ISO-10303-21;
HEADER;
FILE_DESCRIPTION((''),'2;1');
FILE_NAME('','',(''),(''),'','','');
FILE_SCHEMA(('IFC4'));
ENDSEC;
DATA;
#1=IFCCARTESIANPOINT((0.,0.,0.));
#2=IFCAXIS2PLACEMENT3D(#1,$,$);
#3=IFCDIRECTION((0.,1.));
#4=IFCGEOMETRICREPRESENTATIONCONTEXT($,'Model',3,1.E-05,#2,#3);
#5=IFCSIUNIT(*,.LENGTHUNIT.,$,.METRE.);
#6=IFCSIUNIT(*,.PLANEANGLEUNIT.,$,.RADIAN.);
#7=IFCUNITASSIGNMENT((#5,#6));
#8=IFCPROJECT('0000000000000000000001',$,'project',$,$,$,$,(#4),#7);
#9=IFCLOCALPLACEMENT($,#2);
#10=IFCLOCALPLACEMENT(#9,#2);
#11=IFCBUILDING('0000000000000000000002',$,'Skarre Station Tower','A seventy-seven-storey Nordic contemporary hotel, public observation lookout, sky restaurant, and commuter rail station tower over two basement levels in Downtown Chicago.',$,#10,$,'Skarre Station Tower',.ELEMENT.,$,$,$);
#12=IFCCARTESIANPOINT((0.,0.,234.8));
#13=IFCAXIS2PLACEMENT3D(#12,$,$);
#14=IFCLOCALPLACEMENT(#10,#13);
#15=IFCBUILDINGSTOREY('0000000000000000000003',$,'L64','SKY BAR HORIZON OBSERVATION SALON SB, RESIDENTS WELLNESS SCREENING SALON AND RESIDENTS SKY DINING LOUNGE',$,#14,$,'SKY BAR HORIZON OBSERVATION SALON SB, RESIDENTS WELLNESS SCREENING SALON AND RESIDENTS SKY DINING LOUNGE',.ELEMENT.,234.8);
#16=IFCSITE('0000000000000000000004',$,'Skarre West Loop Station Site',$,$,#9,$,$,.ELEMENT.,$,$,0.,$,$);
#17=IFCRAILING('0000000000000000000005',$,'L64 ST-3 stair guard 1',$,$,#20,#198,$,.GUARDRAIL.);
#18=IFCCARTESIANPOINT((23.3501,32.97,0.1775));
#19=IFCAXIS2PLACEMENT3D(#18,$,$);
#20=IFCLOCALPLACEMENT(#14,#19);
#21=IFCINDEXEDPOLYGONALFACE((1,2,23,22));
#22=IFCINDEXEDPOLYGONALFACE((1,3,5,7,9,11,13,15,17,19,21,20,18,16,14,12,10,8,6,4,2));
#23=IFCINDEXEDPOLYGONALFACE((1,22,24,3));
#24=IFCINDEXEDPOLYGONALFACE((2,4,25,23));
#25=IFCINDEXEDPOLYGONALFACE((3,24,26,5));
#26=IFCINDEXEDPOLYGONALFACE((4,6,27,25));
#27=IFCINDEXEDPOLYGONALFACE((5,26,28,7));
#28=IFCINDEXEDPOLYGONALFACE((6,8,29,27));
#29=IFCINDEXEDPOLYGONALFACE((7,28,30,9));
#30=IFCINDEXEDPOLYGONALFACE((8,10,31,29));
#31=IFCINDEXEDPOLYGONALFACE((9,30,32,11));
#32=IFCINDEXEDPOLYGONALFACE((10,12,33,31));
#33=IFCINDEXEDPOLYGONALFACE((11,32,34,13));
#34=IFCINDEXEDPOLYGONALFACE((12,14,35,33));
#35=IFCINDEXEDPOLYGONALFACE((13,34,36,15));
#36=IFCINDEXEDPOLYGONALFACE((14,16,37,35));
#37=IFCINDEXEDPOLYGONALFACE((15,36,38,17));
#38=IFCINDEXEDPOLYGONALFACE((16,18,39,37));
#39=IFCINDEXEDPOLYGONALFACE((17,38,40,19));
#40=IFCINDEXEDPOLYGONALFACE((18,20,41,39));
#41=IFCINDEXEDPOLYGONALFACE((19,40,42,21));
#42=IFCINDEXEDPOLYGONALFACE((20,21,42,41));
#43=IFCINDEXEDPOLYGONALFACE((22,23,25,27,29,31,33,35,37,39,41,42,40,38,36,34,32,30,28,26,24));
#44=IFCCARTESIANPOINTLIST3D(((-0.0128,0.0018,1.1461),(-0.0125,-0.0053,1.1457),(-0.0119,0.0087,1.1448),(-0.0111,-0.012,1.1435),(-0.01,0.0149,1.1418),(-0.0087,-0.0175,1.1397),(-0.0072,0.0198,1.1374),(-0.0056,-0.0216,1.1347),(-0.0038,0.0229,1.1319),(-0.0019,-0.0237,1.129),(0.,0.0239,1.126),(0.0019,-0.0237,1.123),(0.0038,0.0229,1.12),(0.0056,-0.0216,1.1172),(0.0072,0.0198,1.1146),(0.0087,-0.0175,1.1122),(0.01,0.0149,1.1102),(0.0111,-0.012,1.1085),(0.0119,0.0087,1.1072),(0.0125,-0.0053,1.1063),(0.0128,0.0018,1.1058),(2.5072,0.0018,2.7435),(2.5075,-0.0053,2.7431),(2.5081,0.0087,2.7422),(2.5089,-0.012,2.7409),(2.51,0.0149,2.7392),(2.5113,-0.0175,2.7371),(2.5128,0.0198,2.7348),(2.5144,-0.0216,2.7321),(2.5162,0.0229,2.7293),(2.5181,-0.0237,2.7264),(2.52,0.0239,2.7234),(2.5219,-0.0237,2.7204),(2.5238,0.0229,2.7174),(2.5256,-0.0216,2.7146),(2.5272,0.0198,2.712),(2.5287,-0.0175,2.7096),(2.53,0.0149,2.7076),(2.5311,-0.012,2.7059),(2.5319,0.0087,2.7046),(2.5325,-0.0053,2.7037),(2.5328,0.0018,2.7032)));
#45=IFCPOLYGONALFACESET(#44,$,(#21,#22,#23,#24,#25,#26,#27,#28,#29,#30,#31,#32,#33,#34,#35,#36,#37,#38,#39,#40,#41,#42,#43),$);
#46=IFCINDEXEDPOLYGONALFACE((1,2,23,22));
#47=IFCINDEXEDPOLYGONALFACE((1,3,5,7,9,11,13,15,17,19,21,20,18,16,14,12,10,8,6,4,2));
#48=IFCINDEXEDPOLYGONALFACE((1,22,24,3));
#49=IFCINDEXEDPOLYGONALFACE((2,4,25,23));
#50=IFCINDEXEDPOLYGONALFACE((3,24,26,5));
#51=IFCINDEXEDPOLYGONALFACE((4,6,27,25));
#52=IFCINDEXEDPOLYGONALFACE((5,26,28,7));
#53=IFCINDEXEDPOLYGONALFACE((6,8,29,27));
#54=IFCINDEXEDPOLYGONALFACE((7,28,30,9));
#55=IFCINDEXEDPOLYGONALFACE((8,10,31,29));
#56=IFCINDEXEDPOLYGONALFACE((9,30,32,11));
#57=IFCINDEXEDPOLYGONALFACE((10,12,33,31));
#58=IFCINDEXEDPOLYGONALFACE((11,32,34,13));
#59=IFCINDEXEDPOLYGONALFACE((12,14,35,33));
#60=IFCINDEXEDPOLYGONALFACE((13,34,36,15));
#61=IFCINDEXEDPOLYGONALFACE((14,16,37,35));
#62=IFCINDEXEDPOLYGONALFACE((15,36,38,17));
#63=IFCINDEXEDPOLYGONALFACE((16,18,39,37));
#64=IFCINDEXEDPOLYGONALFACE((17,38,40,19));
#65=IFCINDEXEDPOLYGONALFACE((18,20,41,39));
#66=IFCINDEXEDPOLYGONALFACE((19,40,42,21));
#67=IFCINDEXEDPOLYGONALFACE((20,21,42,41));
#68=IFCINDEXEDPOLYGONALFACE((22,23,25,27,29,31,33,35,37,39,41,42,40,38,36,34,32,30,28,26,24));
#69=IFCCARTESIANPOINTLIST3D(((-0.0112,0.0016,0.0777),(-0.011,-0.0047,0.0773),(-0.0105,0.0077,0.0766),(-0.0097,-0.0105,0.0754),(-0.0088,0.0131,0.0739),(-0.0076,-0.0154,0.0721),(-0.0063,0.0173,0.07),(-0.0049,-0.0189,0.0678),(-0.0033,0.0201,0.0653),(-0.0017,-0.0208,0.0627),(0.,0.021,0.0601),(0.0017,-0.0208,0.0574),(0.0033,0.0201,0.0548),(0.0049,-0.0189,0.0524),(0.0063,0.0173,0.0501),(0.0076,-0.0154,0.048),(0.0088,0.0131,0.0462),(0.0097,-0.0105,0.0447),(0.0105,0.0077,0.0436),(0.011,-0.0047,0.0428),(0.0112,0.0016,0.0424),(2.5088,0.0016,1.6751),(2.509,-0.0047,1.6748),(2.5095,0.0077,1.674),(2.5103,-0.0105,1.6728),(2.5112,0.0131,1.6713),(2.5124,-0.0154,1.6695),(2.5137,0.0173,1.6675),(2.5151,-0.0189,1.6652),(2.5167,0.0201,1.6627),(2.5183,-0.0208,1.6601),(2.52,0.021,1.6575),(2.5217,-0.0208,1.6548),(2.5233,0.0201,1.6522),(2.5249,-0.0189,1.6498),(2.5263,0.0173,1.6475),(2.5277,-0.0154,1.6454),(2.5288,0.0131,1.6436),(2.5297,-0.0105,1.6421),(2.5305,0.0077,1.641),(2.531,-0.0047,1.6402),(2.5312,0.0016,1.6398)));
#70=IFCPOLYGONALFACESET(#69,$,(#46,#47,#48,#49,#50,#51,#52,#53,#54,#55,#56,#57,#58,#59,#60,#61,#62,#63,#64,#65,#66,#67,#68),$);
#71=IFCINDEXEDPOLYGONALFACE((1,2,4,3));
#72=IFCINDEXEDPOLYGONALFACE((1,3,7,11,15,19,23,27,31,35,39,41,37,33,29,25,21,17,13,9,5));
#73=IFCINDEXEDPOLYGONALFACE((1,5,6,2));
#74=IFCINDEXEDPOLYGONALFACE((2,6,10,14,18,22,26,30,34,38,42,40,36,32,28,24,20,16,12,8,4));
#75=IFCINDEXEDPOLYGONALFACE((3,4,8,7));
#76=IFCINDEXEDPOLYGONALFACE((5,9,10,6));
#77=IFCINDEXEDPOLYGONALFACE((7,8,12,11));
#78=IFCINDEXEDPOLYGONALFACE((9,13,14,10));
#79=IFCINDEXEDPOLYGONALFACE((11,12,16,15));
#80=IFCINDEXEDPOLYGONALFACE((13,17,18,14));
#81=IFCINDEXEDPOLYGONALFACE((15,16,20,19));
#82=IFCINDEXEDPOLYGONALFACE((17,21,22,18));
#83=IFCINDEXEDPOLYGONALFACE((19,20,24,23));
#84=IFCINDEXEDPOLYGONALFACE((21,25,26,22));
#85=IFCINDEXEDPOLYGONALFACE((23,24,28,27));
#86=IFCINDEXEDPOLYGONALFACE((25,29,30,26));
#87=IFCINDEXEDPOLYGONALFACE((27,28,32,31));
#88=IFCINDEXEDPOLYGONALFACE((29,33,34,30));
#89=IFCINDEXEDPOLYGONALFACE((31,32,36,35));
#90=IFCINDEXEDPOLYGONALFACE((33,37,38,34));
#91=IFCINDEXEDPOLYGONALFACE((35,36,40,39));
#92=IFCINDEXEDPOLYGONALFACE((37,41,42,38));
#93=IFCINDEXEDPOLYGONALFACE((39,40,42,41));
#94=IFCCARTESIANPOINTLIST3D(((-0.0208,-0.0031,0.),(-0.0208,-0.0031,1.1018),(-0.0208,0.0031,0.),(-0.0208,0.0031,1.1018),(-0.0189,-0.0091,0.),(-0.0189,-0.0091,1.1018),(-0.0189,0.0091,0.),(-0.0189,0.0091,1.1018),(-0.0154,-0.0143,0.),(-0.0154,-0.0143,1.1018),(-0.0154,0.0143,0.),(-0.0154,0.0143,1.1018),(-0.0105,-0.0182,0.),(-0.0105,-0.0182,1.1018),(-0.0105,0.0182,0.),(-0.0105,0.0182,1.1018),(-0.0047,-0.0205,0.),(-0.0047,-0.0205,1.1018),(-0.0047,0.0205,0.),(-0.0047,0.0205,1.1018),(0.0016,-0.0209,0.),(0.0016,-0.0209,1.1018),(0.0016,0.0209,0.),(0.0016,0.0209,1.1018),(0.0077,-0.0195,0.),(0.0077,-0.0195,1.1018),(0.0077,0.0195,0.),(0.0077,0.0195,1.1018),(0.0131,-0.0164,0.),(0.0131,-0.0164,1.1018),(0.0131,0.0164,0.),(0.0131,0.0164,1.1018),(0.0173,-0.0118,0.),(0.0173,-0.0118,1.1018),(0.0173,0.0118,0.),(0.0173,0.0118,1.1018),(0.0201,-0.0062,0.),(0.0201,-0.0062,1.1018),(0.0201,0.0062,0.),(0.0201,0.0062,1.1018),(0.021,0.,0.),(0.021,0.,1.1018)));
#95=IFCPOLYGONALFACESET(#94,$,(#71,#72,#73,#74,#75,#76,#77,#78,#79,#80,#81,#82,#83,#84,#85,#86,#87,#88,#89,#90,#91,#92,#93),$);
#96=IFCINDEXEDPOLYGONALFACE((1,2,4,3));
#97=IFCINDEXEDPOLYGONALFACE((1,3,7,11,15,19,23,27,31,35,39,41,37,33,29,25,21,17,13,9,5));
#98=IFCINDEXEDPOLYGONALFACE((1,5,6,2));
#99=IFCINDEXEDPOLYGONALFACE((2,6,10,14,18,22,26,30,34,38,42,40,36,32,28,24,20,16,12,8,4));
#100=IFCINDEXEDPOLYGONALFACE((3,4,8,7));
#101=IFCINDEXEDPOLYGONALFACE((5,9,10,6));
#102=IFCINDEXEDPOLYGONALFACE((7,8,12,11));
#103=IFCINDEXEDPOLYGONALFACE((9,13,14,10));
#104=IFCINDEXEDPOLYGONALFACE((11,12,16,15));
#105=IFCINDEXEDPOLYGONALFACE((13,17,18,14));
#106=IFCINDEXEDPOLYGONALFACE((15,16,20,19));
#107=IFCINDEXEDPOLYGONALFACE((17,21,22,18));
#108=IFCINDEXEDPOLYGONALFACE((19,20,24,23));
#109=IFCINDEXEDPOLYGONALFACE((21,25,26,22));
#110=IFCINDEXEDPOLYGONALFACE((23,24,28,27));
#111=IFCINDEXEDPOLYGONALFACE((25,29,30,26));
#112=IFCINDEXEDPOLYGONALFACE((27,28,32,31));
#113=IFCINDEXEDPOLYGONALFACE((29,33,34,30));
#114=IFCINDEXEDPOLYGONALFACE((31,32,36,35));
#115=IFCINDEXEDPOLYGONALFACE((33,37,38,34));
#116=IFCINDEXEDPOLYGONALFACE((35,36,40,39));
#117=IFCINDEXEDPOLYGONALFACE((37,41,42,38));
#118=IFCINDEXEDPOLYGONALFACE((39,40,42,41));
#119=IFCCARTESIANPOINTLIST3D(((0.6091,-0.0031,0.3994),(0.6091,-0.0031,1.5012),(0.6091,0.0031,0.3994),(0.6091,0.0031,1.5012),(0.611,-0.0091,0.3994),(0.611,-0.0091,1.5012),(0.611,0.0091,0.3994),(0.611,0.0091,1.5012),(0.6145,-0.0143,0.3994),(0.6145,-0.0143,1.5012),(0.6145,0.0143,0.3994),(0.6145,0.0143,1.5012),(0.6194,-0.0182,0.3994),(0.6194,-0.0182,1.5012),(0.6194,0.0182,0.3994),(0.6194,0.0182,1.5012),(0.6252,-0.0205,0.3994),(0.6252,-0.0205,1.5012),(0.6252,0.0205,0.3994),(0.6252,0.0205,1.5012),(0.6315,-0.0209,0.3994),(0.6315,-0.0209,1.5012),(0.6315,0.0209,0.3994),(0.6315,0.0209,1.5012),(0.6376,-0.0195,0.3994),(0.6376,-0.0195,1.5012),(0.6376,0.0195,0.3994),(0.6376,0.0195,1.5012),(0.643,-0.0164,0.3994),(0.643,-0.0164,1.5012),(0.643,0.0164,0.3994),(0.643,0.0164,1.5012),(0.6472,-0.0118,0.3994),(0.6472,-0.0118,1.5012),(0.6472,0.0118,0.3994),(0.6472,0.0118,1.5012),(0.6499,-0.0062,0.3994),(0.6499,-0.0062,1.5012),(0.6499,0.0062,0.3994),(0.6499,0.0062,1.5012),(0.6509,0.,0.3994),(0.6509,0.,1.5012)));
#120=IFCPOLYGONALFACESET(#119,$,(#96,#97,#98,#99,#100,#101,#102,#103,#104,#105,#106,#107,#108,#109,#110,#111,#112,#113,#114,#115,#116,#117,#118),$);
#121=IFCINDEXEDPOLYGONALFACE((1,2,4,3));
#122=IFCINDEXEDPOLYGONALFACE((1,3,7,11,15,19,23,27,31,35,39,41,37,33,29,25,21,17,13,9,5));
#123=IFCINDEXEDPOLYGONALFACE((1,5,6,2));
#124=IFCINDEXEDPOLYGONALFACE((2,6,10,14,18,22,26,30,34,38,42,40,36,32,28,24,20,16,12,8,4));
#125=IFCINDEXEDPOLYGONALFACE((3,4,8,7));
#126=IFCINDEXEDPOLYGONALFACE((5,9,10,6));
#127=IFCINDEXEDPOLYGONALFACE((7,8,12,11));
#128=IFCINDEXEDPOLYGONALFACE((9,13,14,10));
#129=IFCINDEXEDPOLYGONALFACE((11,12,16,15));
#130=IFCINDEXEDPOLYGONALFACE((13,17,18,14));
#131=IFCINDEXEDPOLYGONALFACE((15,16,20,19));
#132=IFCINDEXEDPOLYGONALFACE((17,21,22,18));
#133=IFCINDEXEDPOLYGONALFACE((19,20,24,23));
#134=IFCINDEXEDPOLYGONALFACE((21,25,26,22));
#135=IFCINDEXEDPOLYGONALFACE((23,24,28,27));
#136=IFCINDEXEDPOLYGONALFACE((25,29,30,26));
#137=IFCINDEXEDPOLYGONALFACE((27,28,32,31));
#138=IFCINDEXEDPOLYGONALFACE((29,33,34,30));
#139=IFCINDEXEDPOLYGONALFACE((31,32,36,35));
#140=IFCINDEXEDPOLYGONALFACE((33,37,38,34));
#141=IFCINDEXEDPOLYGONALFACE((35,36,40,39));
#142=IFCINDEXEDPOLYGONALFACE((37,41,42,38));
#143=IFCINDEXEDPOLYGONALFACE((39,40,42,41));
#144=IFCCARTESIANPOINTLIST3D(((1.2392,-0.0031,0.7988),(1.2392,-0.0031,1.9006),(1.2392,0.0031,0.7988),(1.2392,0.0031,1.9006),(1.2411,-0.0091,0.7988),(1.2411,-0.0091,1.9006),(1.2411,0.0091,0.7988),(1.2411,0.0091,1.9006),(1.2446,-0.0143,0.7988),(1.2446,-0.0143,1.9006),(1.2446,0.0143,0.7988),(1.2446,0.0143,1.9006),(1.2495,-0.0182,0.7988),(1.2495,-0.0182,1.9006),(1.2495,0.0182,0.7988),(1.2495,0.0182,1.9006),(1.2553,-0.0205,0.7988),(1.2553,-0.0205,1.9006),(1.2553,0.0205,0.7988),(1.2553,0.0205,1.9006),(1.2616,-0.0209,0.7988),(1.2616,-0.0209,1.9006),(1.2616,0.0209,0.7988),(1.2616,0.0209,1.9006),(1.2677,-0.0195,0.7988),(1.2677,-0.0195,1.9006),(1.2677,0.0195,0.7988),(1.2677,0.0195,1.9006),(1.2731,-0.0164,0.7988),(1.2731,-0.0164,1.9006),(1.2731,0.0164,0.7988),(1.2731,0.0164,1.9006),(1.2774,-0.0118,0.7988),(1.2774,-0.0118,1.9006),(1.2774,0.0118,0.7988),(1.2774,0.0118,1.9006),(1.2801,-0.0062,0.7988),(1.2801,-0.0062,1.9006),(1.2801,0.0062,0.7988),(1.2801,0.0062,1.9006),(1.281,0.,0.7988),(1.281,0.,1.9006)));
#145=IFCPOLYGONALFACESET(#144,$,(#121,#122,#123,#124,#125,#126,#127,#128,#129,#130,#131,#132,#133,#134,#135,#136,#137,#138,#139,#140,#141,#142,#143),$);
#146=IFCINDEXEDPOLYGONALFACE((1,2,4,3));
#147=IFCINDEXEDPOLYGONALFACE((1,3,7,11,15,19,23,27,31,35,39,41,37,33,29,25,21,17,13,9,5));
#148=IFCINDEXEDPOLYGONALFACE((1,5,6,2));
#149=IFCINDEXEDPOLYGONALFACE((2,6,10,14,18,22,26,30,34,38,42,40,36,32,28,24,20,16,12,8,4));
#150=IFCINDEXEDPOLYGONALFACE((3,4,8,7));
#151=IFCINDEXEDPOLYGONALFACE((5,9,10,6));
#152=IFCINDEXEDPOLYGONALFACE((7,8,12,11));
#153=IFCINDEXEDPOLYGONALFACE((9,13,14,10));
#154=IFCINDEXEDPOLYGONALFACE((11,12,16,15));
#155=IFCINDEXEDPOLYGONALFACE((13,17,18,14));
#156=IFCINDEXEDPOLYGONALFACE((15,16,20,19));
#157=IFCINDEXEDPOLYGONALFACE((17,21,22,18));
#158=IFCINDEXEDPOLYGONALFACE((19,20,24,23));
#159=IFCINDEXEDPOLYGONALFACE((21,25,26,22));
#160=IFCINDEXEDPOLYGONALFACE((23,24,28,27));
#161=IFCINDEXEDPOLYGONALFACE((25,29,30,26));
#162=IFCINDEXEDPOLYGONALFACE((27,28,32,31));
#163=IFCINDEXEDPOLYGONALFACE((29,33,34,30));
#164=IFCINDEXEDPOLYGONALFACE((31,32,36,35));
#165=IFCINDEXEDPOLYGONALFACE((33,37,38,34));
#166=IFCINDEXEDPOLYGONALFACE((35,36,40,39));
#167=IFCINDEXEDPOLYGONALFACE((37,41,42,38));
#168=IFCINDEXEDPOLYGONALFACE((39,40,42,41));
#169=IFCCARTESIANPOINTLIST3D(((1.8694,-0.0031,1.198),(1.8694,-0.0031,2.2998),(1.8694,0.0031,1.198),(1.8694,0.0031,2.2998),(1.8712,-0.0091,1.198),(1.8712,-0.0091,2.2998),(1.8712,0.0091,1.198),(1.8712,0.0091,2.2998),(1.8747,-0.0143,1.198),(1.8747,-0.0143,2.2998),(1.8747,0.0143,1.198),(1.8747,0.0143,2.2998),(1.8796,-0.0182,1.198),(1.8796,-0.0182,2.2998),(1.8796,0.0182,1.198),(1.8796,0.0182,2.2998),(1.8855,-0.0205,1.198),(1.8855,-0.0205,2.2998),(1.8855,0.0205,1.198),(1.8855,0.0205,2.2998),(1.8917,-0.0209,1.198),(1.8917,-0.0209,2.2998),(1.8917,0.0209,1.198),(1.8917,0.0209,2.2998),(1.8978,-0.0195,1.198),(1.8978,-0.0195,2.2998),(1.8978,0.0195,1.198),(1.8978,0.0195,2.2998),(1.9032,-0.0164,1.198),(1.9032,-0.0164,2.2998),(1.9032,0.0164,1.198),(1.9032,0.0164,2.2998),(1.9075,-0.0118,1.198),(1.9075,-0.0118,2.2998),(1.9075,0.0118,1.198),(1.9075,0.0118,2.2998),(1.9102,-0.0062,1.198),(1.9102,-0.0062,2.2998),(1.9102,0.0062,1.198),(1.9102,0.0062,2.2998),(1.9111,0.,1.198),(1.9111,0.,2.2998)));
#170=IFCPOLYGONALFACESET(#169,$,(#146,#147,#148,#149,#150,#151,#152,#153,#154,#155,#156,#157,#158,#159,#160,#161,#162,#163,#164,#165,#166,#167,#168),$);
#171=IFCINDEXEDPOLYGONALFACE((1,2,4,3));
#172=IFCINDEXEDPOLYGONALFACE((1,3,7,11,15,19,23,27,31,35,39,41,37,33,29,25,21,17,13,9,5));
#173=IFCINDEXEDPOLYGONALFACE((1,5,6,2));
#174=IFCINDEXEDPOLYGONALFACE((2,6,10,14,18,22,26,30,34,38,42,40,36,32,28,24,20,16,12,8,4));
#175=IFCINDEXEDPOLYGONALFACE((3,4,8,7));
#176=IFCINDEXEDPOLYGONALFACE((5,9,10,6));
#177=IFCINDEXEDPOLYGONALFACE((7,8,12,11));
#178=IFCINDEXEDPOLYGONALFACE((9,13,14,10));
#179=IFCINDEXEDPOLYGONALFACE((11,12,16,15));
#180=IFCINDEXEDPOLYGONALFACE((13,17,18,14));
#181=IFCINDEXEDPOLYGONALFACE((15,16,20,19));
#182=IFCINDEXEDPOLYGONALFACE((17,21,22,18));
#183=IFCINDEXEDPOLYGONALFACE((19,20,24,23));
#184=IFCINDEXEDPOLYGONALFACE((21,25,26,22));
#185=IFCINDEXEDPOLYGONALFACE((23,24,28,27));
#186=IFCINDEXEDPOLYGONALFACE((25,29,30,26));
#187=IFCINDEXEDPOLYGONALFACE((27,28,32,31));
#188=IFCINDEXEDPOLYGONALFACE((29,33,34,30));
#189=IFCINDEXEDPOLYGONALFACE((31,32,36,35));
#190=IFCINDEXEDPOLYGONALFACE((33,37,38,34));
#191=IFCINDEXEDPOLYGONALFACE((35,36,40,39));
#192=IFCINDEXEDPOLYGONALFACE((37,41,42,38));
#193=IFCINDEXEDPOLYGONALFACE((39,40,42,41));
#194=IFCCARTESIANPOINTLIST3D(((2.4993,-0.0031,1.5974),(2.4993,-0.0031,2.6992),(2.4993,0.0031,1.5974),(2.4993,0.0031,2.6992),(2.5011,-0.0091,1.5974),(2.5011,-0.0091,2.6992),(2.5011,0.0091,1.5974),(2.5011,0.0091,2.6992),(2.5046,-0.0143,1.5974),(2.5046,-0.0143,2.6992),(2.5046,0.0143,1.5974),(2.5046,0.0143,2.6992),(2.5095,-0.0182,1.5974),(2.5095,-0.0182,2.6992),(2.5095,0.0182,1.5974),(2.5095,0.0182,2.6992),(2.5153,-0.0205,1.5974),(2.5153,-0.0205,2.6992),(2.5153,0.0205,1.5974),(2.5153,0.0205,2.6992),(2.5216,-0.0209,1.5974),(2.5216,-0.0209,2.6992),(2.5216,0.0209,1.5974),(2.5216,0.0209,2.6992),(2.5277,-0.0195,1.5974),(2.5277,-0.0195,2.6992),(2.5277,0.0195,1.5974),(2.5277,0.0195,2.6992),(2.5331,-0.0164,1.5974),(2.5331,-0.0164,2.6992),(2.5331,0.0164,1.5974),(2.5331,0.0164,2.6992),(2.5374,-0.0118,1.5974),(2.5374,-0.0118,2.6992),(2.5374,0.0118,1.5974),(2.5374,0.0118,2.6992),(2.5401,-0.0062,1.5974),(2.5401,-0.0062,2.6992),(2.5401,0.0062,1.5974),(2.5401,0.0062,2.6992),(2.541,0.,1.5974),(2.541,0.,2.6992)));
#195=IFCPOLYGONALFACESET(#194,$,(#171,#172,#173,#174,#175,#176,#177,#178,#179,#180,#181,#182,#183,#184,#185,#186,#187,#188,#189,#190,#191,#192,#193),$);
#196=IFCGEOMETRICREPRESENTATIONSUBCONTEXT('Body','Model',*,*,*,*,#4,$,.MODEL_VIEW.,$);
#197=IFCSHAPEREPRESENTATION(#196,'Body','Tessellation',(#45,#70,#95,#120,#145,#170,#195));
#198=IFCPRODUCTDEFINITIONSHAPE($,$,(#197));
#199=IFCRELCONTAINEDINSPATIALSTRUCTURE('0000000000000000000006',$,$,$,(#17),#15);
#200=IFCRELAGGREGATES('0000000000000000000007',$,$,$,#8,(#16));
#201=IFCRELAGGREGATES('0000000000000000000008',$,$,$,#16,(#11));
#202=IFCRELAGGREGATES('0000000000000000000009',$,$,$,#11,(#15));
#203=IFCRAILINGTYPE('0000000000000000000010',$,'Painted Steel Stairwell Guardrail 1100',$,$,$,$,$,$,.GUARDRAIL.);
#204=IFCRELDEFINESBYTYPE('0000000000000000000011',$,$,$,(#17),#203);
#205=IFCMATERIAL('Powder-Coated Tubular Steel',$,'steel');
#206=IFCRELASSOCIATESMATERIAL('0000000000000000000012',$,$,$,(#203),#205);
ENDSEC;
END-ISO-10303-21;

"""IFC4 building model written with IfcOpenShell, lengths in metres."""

from ifc_helpers import new_model, si_unit, direction, frame, origin, origin_2d, place, context, subcontext, project, spatial, circle, extrude, material, type_object, element, save


model = new_model("IFC4")

# Units and contexts
model_context = context("Model", 3, precision=1e-05, world=origin(), true_north=direction((0.0, 1.0)))
body_context = subcontext(model_context, "Body", "Model", "MODEL_VIEW")
ifc_project = project(units=[si_unit("LENGTHUNIT", "METRE"), si_unit("PLANEANGLEUNIT", "RADIAN")], contexts=[model_context])

# Site, building, storey
site_placement = place(None, origin())
site = spatial("IfcSite", under=ifc_project, at=site_placement, Name="Skarre West Loop Station Site", CompositionType="ELEMENT", RefElevation=0.0)
building_placement = place(site_placement, origin())
building = spatial("IfcBuilding", under=site, at=building_placement, Name="Skarre Station Tower", Description="A seventy-seven-storey Nordic contemporary hotel, public observation lookout, sky restaurant, and commuter rail station tower over two basement levels in Downtown Chicago.", LongName="Skarre Station Tower", CompositionType="ELEMENT")
storey_placement = place(building_placement, frame((0.0, 0.0, 234.8)))
storey = spatial("IfcBuildingStorey", under=building, at=storey_placement, Name="L64", Description="SKY BAR HORIZON OBSERVATION SALON SB, RESIDENTS WELLNESS SCREENING SALON AND RESIDENTS SKY DINING LOUNGE", LongName="SKY BAR HORIZON OBSERVATION SALON SB, RESIDENTS WELLNESS SCREENING SALON AND RESIDENTS SKY DINING LOUNGE", CompositionType="ELEMENT", Elevation=234.8)

# Railing
ifc_material_1 = material(Name="Powder-Coated Tubular Steel", Category="steel")
railing_type_1 = type_object("IfcRailingType", Name="Painted Steel Stairwell Guardrail 1100", PredefinedType="GUARDRAIL", material=ifc_material_1)
railing_1_placement = place(storey_placement, frame((23.3501, 32.97, 0.1775)))
element("IfcRailing", 1, at=railing_1_placement, inside=storey, type_object=railing_type_1, Name="L64 ST-3 stair guard 1", PredefinedType="GUARDRAIL", context=body_context, shape_type="SweptSolid", body=[
    extrude(circle(Radius=0.0239, at=origin_2d()), frame((0.0, 0.0, 1.126), z_axis=(0.844607, 0.0, 0.535387), x_axis=(0.0, 1.0, 0.0)), (0.0, 0.0, 1.0), 2.9836),
    extrude(circle(Radius=0.021, at=origin_2d()), frame((0.0, 0.0, 0.0601), z_axis=(0.844607, 0.0, 0.535387), x_axis=(0.0, 1.0, 0.0)), (0.0, 0.0, 1.0), 2.9836),
    extrude(circle(Radius=0.021, at=origin_2d()), origin(), (0.0, 0.0, 1.0), 1.1018),
    extrude(circle(Radius=0.021, at=origin_2d()), frame((0.6299, 0.0, 0.3994)), (0.0, 0.0, 1.0), 1.1018),
    extrude(circle(Radius=0.021, at=origin_2d()), frame((1.26, 0.0, 0.7988)), (0.0, 0.0, 1.0), 1.1018),
    extrude(circle(Radius=0.021, at=origin_2d()), frame((1.8901, 0.0, 1.198)), (0.0, 0.0, 1.0), 1.1018),
    extrude(circle(Radius=0.021, at=origin_2d()), frame((2.52, 0.0, 1.5974)), (0.0, 0.0, 1.0), 1.1018),
])

save(model, "model.ifc")
